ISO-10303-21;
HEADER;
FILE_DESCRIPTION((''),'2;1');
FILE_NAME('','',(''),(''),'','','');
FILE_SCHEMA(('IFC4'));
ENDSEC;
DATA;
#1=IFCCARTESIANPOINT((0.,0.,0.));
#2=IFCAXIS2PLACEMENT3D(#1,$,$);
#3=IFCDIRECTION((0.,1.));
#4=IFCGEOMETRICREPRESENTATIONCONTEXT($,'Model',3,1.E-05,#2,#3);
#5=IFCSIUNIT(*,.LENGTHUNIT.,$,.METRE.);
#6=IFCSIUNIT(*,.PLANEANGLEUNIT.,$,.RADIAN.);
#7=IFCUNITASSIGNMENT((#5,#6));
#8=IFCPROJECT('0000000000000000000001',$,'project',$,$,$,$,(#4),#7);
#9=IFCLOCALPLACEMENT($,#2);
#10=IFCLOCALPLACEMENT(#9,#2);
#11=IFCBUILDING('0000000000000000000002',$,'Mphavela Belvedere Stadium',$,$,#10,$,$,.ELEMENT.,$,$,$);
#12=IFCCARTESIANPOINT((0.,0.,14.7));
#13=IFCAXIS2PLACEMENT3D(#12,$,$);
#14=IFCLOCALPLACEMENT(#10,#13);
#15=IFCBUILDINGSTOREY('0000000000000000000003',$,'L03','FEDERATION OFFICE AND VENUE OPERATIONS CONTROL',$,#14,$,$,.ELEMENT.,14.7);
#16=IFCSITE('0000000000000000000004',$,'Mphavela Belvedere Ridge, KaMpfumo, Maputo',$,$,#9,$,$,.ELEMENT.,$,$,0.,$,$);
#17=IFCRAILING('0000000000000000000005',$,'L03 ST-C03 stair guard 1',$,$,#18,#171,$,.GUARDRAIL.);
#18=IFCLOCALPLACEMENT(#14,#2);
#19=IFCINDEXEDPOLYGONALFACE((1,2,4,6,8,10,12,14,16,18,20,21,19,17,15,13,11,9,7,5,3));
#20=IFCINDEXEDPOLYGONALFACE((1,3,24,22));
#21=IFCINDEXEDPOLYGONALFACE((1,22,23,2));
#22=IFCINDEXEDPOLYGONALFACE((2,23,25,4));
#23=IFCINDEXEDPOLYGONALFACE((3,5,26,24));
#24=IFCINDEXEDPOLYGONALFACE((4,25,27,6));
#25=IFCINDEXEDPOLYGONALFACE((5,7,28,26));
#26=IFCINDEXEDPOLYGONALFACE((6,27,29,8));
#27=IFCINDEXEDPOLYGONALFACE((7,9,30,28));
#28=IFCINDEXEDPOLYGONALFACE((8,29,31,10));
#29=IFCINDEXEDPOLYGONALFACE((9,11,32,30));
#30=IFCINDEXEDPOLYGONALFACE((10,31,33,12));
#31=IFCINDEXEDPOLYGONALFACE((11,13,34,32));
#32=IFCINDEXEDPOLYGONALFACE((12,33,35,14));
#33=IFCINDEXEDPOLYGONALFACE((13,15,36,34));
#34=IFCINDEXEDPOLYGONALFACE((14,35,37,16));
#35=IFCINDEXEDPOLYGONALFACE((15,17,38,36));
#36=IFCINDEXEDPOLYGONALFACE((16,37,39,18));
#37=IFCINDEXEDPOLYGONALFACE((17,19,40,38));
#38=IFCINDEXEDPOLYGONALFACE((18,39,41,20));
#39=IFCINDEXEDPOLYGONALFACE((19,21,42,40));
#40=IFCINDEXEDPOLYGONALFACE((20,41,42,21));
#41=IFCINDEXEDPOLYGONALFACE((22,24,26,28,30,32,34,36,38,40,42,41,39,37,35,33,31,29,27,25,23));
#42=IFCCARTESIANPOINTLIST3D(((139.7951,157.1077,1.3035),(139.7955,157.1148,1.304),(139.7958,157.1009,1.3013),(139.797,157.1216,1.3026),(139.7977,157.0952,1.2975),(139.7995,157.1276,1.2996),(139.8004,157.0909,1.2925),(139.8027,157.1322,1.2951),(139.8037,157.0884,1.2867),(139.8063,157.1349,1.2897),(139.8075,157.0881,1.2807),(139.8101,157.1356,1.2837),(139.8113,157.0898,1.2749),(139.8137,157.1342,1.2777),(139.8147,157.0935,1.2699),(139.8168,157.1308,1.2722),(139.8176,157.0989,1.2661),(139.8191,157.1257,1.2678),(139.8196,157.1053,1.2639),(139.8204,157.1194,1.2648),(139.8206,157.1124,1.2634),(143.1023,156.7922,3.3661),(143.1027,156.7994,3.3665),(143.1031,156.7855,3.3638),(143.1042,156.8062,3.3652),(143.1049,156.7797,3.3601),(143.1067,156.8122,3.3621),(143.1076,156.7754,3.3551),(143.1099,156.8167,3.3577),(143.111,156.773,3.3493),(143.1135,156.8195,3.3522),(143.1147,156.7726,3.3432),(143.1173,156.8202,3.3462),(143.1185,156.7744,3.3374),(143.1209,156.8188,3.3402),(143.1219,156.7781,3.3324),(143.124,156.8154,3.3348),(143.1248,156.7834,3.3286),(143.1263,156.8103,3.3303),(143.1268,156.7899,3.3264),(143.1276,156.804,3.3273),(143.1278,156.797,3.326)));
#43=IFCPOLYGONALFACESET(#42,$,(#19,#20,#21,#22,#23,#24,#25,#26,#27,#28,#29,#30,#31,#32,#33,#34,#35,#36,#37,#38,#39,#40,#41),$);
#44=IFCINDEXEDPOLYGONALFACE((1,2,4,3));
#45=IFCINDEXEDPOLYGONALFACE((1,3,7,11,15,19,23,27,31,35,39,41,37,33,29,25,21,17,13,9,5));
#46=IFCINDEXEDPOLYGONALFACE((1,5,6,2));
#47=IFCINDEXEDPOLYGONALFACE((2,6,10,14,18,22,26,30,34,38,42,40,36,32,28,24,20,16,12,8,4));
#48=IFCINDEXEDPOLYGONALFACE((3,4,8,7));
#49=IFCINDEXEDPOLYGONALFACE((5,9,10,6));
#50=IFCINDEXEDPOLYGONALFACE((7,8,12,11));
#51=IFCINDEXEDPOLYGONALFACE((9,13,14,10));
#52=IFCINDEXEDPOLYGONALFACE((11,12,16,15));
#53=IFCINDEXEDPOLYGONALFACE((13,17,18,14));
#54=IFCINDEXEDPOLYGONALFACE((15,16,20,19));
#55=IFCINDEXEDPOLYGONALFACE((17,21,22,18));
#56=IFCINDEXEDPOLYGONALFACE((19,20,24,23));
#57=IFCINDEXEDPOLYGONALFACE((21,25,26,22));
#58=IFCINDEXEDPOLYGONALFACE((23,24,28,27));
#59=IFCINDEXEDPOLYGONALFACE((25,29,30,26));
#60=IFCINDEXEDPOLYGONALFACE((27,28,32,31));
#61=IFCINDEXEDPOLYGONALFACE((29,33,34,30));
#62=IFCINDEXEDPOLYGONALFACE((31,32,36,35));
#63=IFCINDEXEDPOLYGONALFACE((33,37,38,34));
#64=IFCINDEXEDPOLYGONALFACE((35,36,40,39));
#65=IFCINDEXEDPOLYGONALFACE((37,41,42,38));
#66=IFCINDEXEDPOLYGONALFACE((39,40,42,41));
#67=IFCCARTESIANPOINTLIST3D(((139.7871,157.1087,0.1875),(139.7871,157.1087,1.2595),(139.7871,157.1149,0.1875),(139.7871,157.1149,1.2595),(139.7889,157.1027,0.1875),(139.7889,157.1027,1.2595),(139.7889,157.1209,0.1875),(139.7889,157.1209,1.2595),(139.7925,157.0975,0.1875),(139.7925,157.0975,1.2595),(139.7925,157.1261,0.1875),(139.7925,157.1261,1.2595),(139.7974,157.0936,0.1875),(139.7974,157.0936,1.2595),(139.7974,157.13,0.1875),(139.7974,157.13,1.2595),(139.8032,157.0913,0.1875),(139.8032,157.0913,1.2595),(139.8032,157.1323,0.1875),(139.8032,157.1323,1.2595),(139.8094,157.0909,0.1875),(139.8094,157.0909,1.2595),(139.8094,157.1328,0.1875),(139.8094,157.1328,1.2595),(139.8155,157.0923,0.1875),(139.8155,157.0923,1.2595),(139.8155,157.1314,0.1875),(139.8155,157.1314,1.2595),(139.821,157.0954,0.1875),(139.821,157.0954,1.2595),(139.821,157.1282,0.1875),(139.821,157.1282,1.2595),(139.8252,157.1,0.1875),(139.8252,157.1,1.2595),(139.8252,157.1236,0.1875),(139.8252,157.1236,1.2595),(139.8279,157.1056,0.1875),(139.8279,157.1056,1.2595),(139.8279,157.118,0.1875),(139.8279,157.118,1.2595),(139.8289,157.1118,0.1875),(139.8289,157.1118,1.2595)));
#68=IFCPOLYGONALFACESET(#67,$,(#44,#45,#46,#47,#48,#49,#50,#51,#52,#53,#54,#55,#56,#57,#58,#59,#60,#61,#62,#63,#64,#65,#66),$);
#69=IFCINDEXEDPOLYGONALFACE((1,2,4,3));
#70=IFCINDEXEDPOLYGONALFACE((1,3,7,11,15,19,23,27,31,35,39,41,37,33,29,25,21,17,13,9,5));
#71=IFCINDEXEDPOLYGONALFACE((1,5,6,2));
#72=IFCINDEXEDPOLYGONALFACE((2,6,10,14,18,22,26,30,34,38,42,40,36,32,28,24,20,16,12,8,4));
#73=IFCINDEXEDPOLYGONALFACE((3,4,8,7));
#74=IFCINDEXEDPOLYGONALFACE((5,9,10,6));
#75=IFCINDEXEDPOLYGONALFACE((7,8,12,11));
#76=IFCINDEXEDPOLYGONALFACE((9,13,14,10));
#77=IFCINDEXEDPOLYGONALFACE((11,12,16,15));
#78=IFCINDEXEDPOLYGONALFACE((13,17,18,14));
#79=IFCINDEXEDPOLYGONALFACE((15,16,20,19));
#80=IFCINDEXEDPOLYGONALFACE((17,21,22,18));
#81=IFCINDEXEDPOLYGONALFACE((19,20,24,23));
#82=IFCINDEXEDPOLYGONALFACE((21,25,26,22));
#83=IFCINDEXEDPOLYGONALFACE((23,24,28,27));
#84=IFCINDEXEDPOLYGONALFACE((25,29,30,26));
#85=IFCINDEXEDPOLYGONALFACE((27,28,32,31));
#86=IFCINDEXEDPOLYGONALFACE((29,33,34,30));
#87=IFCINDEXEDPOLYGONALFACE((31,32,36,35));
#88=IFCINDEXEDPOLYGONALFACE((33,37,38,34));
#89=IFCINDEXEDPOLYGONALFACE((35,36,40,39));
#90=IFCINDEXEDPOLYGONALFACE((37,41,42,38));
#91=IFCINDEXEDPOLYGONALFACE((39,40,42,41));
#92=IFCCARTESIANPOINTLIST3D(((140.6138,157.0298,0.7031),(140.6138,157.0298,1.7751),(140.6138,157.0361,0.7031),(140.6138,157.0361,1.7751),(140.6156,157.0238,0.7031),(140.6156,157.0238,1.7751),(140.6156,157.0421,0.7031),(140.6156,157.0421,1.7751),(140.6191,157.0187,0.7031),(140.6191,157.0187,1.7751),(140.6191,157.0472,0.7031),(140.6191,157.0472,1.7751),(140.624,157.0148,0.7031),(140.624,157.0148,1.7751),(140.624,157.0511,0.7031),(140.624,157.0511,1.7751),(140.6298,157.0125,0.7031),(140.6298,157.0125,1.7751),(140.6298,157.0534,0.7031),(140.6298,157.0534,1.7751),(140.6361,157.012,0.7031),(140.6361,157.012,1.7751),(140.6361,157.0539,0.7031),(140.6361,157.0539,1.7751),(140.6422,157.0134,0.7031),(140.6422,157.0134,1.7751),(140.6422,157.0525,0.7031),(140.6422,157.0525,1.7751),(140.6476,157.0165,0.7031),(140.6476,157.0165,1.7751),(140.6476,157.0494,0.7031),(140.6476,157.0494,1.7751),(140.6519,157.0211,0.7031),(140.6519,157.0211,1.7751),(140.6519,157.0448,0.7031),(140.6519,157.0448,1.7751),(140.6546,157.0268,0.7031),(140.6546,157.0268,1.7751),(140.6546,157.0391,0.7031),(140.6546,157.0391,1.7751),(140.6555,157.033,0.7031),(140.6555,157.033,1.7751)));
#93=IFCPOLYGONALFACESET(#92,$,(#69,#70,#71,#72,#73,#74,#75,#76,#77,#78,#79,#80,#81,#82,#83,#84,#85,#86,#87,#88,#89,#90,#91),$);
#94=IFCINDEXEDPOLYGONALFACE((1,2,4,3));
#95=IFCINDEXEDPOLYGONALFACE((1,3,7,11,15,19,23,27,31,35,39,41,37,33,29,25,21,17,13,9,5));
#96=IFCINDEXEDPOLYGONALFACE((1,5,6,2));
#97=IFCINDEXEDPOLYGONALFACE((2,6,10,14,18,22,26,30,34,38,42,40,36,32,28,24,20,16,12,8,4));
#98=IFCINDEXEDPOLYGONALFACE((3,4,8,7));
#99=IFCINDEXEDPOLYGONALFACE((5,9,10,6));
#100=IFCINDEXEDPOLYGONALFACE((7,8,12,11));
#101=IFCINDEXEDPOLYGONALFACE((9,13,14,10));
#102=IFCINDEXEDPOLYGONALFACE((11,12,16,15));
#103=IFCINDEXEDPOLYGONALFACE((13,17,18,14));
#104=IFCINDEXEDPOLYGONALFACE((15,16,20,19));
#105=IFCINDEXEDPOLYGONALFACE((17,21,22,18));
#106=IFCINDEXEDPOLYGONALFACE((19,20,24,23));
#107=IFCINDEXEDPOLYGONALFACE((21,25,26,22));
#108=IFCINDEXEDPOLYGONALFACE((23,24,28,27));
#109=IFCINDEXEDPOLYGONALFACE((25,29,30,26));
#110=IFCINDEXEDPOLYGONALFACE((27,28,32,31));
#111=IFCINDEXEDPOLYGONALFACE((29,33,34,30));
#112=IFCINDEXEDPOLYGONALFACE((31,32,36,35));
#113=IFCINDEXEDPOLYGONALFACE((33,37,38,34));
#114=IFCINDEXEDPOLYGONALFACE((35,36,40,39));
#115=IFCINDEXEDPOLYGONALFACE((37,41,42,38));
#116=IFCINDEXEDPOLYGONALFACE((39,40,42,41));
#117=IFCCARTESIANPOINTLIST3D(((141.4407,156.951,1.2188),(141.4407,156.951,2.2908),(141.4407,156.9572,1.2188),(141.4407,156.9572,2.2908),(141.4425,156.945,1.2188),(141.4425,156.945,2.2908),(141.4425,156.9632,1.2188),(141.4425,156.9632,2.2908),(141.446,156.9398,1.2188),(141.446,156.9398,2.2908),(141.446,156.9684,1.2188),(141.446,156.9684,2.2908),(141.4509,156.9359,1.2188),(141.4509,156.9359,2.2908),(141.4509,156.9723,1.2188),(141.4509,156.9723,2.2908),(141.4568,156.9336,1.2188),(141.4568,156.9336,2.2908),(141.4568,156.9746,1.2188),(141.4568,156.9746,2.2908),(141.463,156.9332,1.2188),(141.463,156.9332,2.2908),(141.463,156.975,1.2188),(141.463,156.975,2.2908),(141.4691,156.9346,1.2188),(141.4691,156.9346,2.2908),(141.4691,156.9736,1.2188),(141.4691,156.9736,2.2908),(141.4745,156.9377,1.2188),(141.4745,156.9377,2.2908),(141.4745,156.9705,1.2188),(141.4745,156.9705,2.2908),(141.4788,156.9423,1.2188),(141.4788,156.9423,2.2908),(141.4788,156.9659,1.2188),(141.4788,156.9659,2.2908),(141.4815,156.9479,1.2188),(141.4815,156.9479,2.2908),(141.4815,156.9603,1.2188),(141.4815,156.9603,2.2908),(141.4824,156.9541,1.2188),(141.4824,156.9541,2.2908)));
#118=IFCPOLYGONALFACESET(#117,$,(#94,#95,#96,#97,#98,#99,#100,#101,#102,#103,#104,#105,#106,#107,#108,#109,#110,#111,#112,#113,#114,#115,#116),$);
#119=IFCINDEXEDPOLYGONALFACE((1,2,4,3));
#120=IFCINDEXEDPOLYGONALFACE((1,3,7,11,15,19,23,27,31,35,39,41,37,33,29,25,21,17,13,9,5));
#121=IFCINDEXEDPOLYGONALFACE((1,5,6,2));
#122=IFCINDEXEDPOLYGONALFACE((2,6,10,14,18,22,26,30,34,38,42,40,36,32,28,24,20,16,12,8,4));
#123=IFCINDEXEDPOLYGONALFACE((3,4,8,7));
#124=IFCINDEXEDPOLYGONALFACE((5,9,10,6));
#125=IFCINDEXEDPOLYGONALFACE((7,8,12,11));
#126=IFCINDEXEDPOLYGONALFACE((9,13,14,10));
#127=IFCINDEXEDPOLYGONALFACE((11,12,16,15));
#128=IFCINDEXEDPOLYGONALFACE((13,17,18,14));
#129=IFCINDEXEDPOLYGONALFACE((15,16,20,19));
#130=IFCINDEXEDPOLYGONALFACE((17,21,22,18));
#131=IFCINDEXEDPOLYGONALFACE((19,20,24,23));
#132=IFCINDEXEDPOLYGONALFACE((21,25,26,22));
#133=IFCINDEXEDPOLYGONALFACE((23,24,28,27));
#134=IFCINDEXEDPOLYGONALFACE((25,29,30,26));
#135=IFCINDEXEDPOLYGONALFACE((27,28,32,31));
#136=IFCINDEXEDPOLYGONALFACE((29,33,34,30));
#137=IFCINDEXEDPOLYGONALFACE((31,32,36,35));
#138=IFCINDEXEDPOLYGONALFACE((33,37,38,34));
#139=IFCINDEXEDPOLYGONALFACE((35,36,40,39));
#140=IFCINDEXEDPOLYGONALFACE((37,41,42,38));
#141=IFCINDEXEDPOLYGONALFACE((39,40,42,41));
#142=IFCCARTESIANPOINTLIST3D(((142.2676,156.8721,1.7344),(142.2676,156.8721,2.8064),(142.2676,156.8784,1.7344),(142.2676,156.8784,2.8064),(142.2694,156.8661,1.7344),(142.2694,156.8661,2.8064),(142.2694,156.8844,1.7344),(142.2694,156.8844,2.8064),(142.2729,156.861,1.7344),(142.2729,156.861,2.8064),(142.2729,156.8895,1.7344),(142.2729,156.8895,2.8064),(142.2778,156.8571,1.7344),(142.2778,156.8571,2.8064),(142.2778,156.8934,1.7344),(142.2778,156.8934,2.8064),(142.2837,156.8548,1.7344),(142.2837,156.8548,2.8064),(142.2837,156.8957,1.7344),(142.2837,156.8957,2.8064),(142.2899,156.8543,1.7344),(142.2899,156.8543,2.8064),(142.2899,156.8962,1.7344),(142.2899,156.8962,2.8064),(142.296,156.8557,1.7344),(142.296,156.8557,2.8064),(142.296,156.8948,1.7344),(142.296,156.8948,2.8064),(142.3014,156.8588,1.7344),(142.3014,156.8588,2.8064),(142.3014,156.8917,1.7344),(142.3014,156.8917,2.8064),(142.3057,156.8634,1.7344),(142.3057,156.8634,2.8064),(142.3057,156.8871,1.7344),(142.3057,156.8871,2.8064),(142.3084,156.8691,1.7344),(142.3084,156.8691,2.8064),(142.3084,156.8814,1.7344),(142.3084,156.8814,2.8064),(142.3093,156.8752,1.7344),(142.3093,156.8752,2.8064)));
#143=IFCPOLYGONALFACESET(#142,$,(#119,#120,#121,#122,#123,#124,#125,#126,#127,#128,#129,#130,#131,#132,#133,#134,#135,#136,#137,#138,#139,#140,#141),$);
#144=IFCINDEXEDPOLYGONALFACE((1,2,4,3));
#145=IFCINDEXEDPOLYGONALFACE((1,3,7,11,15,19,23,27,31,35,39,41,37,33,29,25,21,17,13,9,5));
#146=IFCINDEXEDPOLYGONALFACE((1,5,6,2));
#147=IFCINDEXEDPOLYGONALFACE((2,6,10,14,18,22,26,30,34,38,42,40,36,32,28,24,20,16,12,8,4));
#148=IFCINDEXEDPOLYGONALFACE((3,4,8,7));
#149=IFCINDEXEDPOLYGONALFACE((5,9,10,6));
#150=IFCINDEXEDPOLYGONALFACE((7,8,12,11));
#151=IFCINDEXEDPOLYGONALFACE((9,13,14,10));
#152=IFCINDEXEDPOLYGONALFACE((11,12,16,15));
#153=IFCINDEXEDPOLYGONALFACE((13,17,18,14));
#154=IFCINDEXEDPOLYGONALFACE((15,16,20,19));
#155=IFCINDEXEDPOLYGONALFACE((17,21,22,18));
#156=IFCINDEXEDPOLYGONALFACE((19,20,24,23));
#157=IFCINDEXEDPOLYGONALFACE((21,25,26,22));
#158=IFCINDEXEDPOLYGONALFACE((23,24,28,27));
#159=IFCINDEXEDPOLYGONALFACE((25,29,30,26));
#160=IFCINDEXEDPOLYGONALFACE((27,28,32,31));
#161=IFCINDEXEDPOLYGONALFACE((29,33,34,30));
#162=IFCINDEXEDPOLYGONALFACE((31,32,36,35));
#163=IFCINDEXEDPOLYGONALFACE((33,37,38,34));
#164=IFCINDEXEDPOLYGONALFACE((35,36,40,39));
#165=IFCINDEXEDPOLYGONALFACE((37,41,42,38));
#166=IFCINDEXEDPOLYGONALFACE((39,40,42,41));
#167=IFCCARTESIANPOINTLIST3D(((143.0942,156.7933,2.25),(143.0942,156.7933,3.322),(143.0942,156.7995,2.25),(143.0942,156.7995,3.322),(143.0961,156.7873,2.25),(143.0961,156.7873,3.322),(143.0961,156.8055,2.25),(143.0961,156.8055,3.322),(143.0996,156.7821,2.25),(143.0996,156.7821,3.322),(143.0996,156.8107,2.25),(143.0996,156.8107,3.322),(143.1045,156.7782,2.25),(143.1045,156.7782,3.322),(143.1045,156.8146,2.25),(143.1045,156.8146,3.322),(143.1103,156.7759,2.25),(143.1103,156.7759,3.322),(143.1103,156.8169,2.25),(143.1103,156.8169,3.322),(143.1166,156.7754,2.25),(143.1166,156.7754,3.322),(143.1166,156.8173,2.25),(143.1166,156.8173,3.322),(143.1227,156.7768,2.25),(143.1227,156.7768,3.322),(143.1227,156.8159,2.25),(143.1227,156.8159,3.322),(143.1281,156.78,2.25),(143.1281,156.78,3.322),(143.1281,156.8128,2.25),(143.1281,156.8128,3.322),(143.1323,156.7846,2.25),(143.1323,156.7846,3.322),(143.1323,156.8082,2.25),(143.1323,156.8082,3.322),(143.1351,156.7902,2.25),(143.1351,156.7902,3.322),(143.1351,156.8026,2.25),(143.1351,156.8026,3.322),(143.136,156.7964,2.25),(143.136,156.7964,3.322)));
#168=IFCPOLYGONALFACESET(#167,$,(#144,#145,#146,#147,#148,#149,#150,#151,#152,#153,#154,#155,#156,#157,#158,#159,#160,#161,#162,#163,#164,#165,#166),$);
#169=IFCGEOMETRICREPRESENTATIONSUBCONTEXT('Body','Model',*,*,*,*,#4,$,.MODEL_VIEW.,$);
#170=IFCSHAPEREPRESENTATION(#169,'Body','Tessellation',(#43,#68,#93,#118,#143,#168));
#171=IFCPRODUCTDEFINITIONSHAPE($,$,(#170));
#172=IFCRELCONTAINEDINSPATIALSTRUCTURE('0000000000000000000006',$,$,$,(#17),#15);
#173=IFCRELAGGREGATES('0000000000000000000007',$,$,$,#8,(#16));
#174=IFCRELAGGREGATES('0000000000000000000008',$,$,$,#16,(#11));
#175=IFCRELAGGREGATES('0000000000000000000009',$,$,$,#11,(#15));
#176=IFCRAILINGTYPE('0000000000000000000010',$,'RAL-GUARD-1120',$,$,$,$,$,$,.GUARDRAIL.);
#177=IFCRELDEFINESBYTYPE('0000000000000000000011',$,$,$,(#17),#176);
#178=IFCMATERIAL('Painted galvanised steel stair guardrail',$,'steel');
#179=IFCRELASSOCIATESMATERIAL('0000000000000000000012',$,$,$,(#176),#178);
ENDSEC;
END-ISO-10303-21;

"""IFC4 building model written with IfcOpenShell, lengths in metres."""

from ifc_helpers import new_model, si_unit, direction, frame, origin, origin_2d, place, context, subcontext, project, spatial, circle, extrude, material, type_object, element, save


model = new_model("IFC4")

# Units and contexts
model_context = context("Model", 3, precision=1e-05, world=origin(), true_north=direction((0.0, 1.0)))
body_context = subcontext(model_context, "Body", "Model", "MODEL_VIEW")
ifc_project = project(units=[si_unit("LENGTHUNIT", "METRE"), si_unit("PLANEANGLEUNIT", "RADIAN")], contexts=[model_context])

# Site, building, storey
site_placement = place(None, origin())
site = spatial("IfcSite", under=ifc_project, at=site_placement, Name="Mphavela Belvedere Ridge, KaMpfumo, Maputo", CompositionType="ELEMENT", RefElevation=0.0)
building_placement = place(site_placement, origin())
building = spatial("IfcBuilding", under=site, at=building_placement, Name="Mphavela Belvedere Stadium", CompositionType="ELEMENT")
storey_placement = place(building_placement, frame((0.0, 0.0, 14.7)))
storey = spatial("IfcBuildingStorey", under=building, at=storey_placement, Name="L03", Description="FEDERATION OFFICE AND VENUE OPERATIONS CONTROL", CompositionType="ELEMENT", Elevation=14.7)

# Railing
ifc_material_1 = material(Name="Painted galvanised steel stair guardrail", Category="steel")
railing_type_1 = type_object("IfcRailingType", Name="RAL-GUARD-1120", PredefinedType="GUARDRAIL", material=ifc_material_1)
railing_1_placement = place(storey_placement, frame((139.8079, 157.1118, 0.1875)))
element("IfcRailing", 1, at=railing_1_placement, inside=storey, type_object=railing_type_1, Name="L03 ST-C03 stair guard 1", PredefinedType="GUARDRAIL", context=body_context, shape_type="SweptSolid", body=[
    extrude(circle(Radius=0.0239, at=origin_2d()), frame((0.0, 0.0, 1.0962), z_axis=(0.845747, -0.080666, 0.527452), x_axis=(0.094948, 0.995482, 0.0)), (0.0, 0.0, 1.0), 3.9104),
    extrude(circle(Radius=0.021, at=origin_2d()), origin(), (0.0, 0.0, 1.0), 1.072),
    extrude(circle(Radius=0.021, at=origin_2d()), frame((0.8267, -0.0789, 0.5156)), (0.0, 0.0, 1.0), 1.072),
    extrude(circle(Radius=0.021, at=origin_2d()), frame((1.6536, -0.1577, 1.0312)), (0.0, 0.0, 1.0), 1.072),
    extrude(circle(Radius=0.021, at=origin_2d()), frame((2.4805, -0.2366, 1.5469)), (0.0, 0.0, 1.0), 1.072),
    extrude(circle(Radius=0.021, at=origin_2d()), frame((3.3071, -0.3154, 2.0625)), (0.0, 0.0, 1.0), 1.072),
])

save(model, "model.ifc")
